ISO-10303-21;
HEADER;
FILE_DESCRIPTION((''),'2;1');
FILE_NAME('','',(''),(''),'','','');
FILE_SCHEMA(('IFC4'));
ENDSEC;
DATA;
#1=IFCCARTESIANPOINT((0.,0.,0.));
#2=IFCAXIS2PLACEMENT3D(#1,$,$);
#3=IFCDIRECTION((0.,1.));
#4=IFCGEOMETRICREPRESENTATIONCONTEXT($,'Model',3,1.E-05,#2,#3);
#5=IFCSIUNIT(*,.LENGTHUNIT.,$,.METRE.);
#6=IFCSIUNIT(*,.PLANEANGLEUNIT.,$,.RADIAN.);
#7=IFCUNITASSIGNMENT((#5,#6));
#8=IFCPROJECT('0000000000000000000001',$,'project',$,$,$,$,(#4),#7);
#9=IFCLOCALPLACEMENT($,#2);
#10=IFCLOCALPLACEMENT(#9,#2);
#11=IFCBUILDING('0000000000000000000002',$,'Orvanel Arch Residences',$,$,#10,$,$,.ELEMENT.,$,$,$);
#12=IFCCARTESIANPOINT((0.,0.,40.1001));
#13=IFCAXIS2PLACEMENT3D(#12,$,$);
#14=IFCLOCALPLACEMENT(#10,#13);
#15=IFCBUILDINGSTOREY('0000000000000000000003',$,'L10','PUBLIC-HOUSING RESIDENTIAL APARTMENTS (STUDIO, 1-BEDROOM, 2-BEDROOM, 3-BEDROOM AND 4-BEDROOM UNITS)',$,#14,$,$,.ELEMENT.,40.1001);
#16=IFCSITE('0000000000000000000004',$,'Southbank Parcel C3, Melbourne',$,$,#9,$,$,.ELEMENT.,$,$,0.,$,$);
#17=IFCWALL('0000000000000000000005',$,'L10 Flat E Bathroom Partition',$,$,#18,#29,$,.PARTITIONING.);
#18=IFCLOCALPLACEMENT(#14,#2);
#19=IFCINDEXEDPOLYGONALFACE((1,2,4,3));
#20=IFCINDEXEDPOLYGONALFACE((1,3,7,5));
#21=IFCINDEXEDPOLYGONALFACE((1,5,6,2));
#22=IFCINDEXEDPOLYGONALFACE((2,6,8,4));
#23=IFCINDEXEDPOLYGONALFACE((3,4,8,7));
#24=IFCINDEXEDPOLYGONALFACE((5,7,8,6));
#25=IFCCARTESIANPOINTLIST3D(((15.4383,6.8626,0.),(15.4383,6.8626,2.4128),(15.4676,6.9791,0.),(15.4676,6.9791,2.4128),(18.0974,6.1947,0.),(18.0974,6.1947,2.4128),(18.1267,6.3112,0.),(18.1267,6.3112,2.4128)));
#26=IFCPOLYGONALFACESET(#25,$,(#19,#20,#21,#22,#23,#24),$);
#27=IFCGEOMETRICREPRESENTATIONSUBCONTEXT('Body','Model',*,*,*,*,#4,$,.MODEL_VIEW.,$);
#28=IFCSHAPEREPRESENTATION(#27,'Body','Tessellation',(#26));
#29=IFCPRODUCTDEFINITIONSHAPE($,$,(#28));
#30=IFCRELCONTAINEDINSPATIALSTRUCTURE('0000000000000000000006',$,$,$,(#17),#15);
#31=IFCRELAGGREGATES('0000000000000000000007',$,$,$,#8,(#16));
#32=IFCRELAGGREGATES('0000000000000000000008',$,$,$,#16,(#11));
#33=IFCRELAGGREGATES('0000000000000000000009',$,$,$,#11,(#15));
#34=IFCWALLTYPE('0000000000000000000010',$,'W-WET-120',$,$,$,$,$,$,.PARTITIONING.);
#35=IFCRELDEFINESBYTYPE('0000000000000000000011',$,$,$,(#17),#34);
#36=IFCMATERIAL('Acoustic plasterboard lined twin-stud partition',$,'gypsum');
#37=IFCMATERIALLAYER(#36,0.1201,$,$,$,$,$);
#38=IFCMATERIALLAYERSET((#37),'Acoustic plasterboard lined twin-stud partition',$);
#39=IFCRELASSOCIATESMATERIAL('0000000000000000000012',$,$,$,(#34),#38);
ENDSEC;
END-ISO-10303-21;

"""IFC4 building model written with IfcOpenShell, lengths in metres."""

from ifc_helpers import new_model, si_unit, direction, frame, frame_2d, origin, place, context, subcontext, project, spatial, rectangle, extrude, material, layer, layer_set, type_object, element, save


model = new_model("IFC4")

# Units and contexts
model_context = context("Model", 3, precision=1e-05, world=origin(), true_north=direction((0.0, 1.0)))
body_context = subcontext(model_context, "Body", "Model", "MODEL_VIEW")
ifc_project = project(units=[si_unit("LENGTHUNIT", "METRE"), si_unit("PLANEANGLEUNIT", "RADIAN")], contexts=[model_context])

# Site, building, storey
site_placement = place(None, origin())
site = spatial("IfcSite", under=ifc_project, at=site_placement, Name="Southbank Parcel C3, Melbourne", CompositionType="ELEMENT", RefElevation=0.0)
building_placement = place(site_placement, origin())
building = spatial("IfcBuilding", under=site, at=building_placement, Name="Orvanel Arch Residences", CompositionType="ELEMENT")
storey_placement = place(building_placement, frame((0.0, 0.0, 40.1001)))
storey = spatial("IfcBuildingStorey", under=building, at=storey_placement, Name="L10", Description="PUBLIC-HOUSING RESIDENTIAL APARTMENTS (STUDIO, 1-BEDROOM, 2-BEDROOM, 3-BEDROOM AND 4-BEDROOM UNITS)", CompositionType="ELEMENT", Elevation=40.1001)

# Shared definitions
ifc_material_1 = material(Name="Acoustic plasterboard lined twin-stud partition", Category="gypsum")
ifc_layer_1 = layer(ifc_material_1, 0.1201)
ifc_layer_set_1 = layer_set([ifc_layer_1], Name="Acoustic plasterboard lined twin-stud partition")
wall_type_1 = type_object("IfcWallType", Name="W-WET-120", PredefinedType="PARTITIONING", material=ifc_layer_set_1)

# Wall
wall_1_placement = place(storey_placement, frame((18.1121, 6.2529, 0.0), z_axis=(0.0, 0.0, 1.0), x_axis=(-0.96987, 0.243625, 0.0)))
element("IfcWall", 1, at=wall_1_placement, inside=storey, type_object=wall_type_1, Name="L10 Flat E Bathroom Partition", PredefinedType="PARTITIONING", context=body_context, shape_type="SweptSolid", body=[
    extrude(rectangle(XDim=2.7417, YDim=0.1201, at=frame_2d((1.3708, 0.0))), origin(), (0.0, 0.0, 1.0), 2.4128),
])

save(model, "model.ifc")
